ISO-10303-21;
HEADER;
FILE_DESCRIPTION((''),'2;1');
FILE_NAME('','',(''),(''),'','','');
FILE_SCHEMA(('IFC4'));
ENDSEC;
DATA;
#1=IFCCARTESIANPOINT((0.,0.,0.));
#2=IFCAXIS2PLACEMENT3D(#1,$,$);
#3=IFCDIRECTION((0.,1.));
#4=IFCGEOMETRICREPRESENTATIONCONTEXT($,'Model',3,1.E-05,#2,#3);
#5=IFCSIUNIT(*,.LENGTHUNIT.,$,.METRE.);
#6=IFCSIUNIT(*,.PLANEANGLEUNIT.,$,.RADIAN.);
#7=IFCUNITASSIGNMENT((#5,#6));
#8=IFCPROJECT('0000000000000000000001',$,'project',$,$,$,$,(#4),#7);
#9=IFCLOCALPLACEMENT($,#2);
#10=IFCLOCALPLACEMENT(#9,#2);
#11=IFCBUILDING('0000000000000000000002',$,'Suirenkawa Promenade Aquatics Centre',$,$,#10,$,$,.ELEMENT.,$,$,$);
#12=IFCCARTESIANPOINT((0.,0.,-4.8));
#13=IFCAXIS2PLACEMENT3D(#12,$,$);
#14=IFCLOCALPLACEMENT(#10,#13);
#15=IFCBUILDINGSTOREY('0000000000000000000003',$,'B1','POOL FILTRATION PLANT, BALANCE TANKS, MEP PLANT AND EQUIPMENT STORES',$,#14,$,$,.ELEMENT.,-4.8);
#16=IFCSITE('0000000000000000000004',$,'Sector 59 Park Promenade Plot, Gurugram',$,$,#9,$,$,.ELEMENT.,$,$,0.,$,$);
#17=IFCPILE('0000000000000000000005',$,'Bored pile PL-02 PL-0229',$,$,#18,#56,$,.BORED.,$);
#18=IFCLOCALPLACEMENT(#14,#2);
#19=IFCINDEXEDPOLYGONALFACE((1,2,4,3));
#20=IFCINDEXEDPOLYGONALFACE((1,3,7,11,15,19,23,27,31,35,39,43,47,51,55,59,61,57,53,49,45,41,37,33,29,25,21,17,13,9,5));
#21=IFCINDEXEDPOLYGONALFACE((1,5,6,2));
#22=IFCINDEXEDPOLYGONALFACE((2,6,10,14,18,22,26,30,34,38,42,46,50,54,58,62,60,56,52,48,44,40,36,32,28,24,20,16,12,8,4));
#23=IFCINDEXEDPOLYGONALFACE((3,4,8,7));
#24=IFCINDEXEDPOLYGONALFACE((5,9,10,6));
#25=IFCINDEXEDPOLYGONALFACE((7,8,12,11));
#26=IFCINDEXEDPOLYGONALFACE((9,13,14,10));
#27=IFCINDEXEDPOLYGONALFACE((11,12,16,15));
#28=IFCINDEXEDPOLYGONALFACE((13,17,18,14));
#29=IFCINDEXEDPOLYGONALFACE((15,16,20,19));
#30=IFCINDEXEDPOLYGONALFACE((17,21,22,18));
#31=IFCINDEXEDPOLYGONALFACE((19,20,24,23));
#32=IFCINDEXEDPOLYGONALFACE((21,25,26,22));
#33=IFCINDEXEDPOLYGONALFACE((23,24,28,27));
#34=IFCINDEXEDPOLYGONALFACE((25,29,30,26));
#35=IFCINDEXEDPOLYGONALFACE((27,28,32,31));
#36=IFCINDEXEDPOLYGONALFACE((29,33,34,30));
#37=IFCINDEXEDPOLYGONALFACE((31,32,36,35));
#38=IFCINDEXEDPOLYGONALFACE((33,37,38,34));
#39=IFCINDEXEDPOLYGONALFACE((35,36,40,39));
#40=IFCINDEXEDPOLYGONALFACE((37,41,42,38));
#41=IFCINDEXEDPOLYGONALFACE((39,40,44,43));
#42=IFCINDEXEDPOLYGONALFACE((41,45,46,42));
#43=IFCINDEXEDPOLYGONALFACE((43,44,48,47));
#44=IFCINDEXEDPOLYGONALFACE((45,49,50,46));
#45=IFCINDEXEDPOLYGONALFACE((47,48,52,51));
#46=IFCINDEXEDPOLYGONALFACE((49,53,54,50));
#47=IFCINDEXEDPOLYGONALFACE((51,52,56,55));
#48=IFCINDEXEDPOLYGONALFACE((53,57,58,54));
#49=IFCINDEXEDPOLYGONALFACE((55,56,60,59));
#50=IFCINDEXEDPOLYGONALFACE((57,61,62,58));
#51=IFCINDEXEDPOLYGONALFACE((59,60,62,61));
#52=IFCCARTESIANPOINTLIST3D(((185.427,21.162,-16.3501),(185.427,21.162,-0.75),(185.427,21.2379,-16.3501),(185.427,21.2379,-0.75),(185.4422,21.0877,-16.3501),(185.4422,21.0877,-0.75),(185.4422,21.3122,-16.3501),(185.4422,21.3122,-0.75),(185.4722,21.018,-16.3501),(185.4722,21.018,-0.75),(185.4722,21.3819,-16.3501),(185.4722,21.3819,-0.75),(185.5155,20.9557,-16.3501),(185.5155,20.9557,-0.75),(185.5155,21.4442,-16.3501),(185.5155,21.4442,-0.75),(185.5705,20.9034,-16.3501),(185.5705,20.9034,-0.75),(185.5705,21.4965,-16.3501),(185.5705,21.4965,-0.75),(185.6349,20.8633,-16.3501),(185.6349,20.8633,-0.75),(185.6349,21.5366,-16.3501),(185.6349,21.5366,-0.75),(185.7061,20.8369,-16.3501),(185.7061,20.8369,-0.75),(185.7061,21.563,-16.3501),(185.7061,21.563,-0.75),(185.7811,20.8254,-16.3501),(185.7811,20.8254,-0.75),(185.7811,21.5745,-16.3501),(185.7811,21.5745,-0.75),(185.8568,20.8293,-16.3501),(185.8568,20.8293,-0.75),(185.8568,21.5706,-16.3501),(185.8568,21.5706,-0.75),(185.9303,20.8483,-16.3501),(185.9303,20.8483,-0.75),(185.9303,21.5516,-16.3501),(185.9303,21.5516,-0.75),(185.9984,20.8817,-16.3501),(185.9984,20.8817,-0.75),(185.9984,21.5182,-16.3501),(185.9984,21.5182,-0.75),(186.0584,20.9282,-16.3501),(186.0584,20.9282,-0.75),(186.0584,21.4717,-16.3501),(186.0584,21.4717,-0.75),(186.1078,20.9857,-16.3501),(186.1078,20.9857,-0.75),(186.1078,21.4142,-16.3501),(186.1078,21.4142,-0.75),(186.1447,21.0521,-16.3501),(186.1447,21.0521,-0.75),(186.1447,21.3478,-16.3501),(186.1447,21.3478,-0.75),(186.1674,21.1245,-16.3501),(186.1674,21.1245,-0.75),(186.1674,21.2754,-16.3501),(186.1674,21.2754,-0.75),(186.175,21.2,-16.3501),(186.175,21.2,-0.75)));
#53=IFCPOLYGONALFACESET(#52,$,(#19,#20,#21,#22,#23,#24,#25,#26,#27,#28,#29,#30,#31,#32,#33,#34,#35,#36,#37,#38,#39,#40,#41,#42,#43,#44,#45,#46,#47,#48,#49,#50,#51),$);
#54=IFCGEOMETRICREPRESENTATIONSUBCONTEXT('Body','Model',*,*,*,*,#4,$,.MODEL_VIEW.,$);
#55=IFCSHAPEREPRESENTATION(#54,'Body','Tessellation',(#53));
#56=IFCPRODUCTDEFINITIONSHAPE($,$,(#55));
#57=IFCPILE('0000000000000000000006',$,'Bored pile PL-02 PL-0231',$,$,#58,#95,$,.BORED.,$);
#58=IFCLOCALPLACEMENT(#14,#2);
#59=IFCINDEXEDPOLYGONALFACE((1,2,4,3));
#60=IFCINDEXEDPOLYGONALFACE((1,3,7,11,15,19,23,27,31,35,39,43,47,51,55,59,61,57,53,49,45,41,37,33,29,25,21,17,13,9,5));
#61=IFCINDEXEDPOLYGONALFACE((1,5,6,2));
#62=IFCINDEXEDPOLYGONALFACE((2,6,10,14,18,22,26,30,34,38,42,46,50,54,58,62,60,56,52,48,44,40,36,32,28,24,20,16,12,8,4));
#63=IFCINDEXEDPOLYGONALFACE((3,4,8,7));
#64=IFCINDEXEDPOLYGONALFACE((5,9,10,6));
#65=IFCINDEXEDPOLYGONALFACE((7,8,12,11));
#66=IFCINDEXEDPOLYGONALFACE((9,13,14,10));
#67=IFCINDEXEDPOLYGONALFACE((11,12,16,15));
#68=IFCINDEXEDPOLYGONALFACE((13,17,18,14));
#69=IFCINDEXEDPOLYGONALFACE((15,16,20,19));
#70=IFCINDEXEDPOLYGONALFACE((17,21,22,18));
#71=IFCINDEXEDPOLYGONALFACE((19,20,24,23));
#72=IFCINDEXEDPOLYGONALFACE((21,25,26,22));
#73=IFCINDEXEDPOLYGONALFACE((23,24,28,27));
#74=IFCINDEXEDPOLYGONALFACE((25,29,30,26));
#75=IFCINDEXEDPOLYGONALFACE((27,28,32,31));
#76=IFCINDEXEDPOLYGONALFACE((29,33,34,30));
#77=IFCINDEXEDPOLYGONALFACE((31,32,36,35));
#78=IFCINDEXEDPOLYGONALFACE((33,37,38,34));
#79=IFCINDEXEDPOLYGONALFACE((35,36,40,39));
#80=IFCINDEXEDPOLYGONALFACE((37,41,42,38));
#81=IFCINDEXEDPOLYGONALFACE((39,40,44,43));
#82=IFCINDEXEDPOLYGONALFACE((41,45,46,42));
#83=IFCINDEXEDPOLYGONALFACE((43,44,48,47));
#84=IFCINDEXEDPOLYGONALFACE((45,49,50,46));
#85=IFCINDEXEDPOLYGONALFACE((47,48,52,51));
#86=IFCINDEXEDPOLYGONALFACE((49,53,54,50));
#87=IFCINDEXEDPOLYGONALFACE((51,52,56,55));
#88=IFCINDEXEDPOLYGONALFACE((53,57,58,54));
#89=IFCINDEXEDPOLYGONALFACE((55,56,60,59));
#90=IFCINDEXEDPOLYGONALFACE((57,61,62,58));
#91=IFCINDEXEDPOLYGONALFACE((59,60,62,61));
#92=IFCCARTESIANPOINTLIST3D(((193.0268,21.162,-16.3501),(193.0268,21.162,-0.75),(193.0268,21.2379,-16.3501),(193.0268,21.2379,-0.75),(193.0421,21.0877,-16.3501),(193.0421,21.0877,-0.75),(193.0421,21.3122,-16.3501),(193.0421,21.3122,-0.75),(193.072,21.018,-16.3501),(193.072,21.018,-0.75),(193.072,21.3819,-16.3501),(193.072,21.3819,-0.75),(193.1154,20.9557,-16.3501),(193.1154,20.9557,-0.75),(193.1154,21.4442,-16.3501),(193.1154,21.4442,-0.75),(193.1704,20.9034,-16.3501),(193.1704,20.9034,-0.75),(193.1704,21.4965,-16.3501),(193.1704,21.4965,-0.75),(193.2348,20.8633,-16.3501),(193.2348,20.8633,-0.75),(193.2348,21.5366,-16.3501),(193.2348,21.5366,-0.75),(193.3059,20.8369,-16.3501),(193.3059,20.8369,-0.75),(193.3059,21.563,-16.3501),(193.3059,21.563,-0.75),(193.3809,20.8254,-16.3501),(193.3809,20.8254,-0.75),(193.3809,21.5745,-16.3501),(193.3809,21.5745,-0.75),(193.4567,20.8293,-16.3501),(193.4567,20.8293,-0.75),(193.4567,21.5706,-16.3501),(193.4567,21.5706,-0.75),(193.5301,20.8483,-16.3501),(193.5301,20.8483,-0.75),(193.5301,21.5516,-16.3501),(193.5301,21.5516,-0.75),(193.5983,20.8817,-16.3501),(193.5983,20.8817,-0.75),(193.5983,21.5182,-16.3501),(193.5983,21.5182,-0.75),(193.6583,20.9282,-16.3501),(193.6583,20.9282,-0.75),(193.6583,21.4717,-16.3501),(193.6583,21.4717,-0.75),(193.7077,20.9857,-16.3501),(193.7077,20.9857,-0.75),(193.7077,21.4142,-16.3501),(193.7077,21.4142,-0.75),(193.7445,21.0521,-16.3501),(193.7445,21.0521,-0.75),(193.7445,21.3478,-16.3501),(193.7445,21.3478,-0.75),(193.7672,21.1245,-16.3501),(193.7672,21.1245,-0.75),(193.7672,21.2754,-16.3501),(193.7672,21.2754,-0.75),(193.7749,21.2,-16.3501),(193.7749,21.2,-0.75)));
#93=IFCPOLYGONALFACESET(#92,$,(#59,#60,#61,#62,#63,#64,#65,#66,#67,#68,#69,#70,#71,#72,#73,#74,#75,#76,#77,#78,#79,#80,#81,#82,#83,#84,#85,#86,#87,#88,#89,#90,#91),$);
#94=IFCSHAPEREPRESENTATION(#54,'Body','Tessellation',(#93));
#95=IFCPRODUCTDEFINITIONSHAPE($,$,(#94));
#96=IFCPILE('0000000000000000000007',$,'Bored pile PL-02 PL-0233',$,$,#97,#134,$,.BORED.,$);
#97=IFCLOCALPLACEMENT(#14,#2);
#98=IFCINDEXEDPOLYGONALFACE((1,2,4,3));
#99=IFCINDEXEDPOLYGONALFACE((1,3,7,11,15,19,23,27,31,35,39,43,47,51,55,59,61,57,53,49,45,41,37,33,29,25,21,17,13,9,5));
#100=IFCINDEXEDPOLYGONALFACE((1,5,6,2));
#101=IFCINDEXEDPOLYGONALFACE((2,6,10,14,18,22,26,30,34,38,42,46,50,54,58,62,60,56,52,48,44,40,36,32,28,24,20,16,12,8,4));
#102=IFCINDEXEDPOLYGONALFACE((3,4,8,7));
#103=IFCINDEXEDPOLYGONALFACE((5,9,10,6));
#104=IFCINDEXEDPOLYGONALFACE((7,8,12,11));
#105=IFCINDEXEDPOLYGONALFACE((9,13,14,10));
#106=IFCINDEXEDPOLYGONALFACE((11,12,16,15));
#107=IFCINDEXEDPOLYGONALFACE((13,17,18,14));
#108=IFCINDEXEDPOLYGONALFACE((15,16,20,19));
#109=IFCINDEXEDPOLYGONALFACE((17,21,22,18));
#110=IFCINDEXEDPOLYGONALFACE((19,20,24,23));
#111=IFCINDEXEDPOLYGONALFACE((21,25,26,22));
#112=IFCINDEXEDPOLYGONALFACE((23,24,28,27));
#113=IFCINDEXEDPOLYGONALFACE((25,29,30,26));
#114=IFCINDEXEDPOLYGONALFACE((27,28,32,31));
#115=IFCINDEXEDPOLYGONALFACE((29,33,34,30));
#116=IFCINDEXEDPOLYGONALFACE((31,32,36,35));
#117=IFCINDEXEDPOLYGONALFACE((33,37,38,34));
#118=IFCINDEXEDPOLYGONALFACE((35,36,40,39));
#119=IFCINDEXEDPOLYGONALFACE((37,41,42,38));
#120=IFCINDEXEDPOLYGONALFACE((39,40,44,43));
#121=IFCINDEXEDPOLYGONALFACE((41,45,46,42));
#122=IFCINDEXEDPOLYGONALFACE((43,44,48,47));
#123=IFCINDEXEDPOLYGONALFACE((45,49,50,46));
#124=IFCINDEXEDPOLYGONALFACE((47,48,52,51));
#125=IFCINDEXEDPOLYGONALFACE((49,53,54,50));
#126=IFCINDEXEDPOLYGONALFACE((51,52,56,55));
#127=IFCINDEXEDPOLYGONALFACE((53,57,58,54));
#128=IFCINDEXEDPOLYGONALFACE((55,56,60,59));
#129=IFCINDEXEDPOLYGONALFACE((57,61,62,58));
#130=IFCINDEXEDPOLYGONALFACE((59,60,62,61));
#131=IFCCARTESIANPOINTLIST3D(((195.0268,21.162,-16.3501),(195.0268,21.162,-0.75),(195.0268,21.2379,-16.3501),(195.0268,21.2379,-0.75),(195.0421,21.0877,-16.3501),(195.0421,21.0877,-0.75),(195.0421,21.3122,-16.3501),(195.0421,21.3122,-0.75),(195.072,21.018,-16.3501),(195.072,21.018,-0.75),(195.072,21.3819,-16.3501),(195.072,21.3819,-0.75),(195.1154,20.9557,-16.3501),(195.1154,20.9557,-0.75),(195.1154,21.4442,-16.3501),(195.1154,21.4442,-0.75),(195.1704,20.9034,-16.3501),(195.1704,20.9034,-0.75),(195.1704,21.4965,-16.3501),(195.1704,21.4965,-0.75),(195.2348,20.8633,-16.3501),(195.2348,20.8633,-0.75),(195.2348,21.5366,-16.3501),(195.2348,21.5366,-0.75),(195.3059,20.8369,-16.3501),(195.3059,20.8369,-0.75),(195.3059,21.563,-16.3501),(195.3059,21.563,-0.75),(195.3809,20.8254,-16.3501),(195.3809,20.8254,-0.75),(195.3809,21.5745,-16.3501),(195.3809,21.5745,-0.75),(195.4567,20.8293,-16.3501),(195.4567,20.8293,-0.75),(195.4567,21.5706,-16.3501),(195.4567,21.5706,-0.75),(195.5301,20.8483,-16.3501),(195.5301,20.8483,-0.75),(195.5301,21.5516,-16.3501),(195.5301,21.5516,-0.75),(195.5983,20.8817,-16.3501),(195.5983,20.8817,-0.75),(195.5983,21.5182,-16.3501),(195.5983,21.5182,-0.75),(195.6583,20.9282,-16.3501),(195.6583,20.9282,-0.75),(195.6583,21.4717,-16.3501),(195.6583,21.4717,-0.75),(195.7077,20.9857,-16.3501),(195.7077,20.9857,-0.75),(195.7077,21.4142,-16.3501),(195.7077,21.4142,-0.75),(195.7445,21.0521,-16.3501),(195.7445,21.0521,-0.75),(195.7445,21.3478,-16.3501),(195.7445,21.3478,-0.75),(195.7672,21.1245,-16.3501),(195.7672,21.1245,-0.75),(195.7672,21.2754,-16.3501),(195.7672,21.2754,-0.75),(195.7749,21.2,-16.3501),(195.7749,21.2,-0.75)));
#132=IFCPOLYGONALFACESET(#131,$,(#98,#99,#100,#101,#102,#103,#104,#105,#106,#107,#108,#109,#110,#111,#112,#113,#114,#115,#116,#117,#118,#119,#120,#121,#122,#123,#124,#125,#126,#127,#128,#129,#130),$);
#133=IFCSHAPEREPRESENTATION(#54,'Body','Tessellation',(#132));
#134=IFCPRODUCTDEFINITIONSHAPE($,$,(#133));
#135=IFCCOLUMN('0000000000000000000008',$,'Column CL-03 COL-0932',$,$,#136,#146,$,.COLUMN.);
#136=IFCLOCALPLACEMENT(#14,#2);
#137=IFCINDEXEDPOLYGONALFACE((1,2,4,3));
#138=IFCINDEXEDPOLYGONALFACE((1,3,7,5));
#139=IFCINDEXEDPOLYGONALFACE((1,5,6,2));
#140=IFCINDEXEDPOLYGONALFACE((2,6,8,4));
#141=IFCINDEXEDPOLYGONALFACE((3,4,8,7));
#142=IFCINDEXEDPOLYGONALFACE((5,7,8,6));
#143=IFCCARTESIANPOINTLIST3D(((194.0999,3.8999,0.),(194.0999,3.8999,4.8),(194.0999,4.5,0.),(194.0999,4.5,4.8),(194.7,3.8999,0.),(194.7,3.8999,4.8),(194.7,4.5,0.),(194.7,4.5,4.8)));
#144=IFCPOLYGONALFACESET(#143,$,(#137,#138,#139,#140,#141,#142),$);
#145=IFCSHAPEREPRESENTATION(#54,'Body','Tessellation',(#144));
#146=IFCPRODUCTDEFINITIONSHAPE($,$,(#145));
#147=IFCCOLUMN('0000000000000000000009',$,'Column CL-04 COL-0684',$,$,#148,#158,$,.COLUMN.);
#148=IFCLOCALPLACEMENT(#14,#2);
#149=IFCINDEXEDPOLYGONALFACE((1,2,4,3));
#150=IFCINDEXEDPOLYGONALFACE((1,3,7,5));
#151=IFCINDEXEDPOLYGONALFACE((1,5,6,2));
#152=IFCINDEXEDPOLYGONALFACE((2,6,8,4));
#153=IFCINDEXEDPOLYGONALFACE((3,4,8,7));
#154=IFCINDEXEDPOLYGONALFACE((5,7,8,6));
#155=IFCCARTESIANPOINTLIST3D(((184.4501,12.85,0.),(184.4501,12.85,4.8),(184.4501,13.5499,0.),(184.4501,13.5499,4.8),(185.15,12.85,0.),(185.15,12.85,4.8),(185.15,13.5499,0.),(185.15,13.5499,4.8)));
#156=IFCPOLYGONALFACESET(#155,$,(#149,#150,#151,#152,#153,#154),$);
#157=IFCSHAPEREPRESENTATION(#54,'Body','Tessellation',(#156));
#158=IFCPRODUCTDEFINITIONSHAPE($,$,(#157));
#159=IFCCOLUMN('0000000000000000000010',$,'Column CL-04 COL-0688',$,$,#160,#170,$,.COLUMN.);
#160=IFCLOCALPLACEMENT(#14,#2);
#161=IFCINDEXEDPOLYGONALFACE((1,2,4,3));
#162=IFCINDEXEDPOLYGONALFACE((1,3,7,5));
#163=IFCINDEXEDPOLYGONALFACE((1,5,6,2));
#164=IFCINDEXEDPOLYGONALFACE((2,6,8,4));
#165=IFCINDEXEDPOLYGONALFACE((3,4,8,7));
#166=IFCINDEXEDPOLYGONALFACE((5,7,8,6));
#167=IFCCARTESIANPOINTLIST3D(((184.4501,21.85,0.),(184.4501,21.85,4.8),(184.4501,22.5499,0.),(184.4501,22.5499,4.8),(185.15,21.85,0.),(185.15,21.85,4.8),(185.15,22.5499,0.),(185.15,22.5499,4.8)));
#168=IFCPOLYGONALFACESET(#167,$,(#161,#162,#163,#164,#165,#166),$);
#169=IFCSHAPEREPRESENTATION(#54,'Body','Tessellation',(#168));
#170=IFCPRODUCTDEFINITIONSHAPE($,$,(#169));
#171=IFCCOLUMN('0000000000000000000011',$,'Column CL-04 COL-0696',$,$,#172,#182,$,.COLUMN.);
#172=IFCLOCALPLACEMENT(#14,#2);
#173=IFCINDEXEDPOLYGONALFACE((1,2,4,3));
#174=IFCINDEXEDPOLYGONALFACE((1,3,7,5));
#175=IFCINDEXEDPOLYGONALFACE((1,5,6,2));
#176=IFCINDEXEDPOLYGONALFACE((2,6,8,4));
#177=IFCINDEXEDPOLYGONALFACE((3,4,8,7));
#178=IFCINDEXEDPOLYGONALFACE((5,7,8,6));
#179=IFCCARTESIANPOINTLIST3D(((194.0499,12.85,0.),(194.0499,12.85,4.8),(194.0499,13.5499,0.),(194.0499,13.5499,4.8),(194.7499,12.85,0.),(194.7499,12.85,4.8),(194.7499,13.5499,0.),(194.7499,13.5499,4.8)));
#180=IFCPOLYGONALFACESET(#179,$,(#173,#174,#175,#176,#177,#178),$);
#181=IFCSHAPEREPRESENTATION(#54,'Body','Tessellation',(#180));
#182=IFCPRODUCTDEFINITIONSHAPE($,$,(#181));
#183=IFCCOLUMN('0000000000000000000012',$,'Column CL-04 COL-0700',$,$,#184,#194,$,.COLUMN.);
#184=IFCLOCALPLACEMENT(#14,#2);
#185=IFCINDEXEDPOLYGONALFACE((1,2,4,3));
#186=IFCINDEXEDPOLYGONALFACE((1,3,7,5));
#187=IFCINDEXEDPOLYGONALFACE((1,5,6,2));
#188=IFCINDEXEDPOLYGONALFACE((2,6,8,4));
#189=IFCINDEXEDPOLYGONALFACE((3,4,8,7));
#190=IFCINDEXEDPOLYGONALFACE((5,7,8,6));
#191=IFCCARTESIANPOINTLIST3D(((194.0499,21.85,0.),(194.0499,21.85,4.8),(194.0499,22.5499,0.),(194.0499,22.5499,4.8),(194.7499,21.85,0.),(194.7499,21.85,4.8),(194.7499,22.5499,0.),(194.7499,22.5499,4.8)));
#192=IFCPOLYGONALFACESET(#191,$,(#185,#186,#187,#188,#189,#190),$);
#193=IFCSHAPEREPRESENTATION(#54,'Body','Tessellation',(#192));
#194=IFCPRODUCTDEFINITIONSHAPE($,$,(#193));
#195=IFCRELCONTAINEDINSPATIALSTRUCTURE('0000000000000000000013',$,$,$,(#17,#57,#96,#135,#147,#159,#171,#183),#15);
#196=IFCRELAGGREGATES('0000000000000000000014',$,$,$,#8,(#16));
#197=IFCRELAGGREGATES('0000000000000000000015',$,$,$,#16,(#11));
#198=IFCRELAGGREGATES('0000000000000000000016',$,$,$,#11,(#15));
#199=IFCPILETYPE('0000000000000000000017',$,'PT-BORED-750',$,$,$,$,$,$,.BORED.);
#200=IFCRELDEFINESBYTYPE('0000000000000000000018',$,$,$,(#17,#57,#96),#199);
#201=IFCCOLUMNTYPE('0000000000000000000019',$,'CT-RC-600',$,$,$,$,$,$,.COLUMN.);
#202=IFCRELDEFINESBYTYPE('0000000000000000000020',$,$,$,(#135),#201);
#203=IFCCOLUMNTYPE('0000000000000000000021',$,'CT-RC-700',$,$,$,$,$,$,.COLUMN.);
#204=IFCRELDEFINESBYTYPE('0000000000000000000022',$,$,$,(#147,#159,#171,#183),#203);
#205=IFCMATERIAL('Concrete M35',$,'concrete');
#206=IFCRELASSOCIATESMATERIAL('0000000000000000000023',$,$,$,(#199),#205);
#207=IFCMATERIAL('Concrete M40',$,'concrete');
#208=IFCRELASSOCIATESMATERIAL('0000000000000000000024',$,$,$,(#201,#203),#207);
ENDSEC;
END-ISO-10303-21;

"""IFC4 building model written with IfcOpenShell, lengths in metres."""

from ifc_helpers import new_model, si_unit, direction, frame, origin, origin_2d, place, context, subcontext, project, spatial, rectangle, circle, extrude, material, material_profile, profile_set, type_object, element, save


model = new_model("IFC4")

# Units and contexts
model_context = context("Model", 3, precision=1e-05, world=origin(), true_north=direction((0.0, 1.0)))
body_context = subcontext(model_context, "Body", "Model", "MODEL_VIEW")
ifc_project = project(units=[si_unit("LENGTHUNIT", "METRE"), si_unit("PLANEANGLEUNIT", "RADIAN")], contexts=[model_context])

# Site, building, storey
site_placement = place(None, origin())
site = spatial("IfcSite", under=ifc_project, at=site_placement, Name="Sector 59 Park Promenade Plot, Gurugram", CompositionType="ELEMENT", RefElevation=0.0)
building_placement = place(site_placement, origin())
building = spatial("IfcBuilding", under=site, at=building_placement, Name="Suirenkawa Promenade Aquatics Centre", CompositionType="ELEMENT")
storey_placement = place(building_placement, frame((0.0, 0.0, -4.8)))
storey = spatial("IfcBuildingStorey", under=building, at=storey_placement, Name="B1", Description="POOL FILTRATION PLANT, BALANCE TANKS, MEP PLANT AND EQUIPMENT STORES", CompositionType="ELEMENT", Elevation=-4.8)

# Shared definitions
ifc_material_1 = material(Name="Concrete M35", Category="concrete")

# Piles
ifc_material_profile_1 = material_profile(ifc_material_1, circle(Radius=0.375, at=origin_2d()), Name="PILE D750", Category="concrete")
ifc_profile_set_1 = profile_set([ifc_material_profile_1], Name="Concrete M35")
pile_type = type_object("IfcPileType", Name="PT-BORED-750", PredefinedType="BORED", material=ifc_profile_set_1)
for number, where, z_axis, x_axis, name in (
    (1, (185.8, 21.2, -0.75), (0.0, 0.0, -1.0), (1.0, 0.0, 0.0), "Bored pile PL-02 PL-0229"),
    (2, (193.3999, 21.2, -0.75), (0.0, 0.0, -1.0), (1.0, 0.0, 0.0), "Bored pile PL-02 PL-0231"),
    (3, (195.3999, 21.2, -0.75), (0.0, 0.0, -1.0), (1.0, 0.0, 0.0), "Bored pile PL-02 PL-0233"),
):
    element("IfcPile", number, at=place(storey_placement, frame(where, z_axis=z_axis, x_axis=x_axis)), inside=storey, type_object=pile_type, Name=name, PredefinedType="BORED", context=body_context, shape_type="SweptSolid", body=[
        extrude(circle(Radius=0.375, at=origin_2d()), origin(), (0.0, 0.0, 1.0), 15.6001),
    ])

# Columns
ifc_material_2 = material(Name="Concrete M40", Category="concrete")
ifc_material_profile_2 = material_profile(ifc_material_2, rectangle(XDim=0.6001, YDim=0.6001, at=origin_2d()), Name="RC COL 600x600", Category="concrete")
ifc_profile_set_2 = profile_set([ifc_material_profile_2], Name="Concrete M40")
column_type_1 = type_object("IfcColumnType", Name="CT-RC-600", PredefinedType="COLUMN", material=ifc_profile_set_2)
column_placement = place(storey_placement, frame((194.3999, 4.2, 0.0), z_axis=(0.0, 0.0, 1.0), x_axis=(1.0, 0.0, 0.0)))
element("IfcColumn", 4, at=column_placement, inside=storey, type_object=column_type_1, Name="Column CL-03 COL-0932", PredefinedType="COLUMN", context=body_context, shape_type="SweptSolid", body=[
    extrude(rectangle(XDim=0.6001, YDim=0.6001, at=origin_2d()), origin(), (0.0, 0.0, 1.0), 4.8),
])
ifc_material_profile_3 = material_profile(ifc_material_2, rectangle(XDim=0.7, YDim=0.7, at=origin_2d()), Name="RC COL 700x700", Category="concrete")
ifc_profile_set_3 = profile_set([ifc_material_profile_3], Name="Concrete M40")
column_type_2 = type_object("IfcColumnType", Name="CT-RC-700", PredefinedType="COLUMN", material=ifc_profile_set_3)
for number, where, z_axis, x_axis, name in (
    (5, (184.8, 13.2, 0.0), (0.0, 0.0, 1.0), (1.0, 0.0, 0.0), "Column CL-04 COL-0684"),
    (6, (184.8, 22.2, 0.0), (0.0, 0.0, 1.0), (1.0, 0.0, 0.0), "Column CL-04 COL-0688"),
    (7, (194.3999, 13.2, 0.0), (0.0, 0.0, 1.0), (1.0, 0.0, 0.0), "Column CL-04 COL-0696"),
    (8, (194.3999, 22.2, 0.0), (0.0, 0.0, 1.0), (1.0, 0.0, 0.0), "Column CL-04 COL-0700"),
):
    element("IfcColumn", number, at=place(storey_placement, frame(where, z_axis=z_axis, x_axis=x_axis)), inside=storey, type_object=column_type_2, Name=name, PredefinedType="COLUMN", context=body_context, shape_type="SweptSolid", body=[
        extrude(rectangle(XDim=0.7, YDim=0.7, at=origin_2d()), origin(), (0.0, 0.0, 1.0), 4.8),
    ])

save(model, "model.ifc")
